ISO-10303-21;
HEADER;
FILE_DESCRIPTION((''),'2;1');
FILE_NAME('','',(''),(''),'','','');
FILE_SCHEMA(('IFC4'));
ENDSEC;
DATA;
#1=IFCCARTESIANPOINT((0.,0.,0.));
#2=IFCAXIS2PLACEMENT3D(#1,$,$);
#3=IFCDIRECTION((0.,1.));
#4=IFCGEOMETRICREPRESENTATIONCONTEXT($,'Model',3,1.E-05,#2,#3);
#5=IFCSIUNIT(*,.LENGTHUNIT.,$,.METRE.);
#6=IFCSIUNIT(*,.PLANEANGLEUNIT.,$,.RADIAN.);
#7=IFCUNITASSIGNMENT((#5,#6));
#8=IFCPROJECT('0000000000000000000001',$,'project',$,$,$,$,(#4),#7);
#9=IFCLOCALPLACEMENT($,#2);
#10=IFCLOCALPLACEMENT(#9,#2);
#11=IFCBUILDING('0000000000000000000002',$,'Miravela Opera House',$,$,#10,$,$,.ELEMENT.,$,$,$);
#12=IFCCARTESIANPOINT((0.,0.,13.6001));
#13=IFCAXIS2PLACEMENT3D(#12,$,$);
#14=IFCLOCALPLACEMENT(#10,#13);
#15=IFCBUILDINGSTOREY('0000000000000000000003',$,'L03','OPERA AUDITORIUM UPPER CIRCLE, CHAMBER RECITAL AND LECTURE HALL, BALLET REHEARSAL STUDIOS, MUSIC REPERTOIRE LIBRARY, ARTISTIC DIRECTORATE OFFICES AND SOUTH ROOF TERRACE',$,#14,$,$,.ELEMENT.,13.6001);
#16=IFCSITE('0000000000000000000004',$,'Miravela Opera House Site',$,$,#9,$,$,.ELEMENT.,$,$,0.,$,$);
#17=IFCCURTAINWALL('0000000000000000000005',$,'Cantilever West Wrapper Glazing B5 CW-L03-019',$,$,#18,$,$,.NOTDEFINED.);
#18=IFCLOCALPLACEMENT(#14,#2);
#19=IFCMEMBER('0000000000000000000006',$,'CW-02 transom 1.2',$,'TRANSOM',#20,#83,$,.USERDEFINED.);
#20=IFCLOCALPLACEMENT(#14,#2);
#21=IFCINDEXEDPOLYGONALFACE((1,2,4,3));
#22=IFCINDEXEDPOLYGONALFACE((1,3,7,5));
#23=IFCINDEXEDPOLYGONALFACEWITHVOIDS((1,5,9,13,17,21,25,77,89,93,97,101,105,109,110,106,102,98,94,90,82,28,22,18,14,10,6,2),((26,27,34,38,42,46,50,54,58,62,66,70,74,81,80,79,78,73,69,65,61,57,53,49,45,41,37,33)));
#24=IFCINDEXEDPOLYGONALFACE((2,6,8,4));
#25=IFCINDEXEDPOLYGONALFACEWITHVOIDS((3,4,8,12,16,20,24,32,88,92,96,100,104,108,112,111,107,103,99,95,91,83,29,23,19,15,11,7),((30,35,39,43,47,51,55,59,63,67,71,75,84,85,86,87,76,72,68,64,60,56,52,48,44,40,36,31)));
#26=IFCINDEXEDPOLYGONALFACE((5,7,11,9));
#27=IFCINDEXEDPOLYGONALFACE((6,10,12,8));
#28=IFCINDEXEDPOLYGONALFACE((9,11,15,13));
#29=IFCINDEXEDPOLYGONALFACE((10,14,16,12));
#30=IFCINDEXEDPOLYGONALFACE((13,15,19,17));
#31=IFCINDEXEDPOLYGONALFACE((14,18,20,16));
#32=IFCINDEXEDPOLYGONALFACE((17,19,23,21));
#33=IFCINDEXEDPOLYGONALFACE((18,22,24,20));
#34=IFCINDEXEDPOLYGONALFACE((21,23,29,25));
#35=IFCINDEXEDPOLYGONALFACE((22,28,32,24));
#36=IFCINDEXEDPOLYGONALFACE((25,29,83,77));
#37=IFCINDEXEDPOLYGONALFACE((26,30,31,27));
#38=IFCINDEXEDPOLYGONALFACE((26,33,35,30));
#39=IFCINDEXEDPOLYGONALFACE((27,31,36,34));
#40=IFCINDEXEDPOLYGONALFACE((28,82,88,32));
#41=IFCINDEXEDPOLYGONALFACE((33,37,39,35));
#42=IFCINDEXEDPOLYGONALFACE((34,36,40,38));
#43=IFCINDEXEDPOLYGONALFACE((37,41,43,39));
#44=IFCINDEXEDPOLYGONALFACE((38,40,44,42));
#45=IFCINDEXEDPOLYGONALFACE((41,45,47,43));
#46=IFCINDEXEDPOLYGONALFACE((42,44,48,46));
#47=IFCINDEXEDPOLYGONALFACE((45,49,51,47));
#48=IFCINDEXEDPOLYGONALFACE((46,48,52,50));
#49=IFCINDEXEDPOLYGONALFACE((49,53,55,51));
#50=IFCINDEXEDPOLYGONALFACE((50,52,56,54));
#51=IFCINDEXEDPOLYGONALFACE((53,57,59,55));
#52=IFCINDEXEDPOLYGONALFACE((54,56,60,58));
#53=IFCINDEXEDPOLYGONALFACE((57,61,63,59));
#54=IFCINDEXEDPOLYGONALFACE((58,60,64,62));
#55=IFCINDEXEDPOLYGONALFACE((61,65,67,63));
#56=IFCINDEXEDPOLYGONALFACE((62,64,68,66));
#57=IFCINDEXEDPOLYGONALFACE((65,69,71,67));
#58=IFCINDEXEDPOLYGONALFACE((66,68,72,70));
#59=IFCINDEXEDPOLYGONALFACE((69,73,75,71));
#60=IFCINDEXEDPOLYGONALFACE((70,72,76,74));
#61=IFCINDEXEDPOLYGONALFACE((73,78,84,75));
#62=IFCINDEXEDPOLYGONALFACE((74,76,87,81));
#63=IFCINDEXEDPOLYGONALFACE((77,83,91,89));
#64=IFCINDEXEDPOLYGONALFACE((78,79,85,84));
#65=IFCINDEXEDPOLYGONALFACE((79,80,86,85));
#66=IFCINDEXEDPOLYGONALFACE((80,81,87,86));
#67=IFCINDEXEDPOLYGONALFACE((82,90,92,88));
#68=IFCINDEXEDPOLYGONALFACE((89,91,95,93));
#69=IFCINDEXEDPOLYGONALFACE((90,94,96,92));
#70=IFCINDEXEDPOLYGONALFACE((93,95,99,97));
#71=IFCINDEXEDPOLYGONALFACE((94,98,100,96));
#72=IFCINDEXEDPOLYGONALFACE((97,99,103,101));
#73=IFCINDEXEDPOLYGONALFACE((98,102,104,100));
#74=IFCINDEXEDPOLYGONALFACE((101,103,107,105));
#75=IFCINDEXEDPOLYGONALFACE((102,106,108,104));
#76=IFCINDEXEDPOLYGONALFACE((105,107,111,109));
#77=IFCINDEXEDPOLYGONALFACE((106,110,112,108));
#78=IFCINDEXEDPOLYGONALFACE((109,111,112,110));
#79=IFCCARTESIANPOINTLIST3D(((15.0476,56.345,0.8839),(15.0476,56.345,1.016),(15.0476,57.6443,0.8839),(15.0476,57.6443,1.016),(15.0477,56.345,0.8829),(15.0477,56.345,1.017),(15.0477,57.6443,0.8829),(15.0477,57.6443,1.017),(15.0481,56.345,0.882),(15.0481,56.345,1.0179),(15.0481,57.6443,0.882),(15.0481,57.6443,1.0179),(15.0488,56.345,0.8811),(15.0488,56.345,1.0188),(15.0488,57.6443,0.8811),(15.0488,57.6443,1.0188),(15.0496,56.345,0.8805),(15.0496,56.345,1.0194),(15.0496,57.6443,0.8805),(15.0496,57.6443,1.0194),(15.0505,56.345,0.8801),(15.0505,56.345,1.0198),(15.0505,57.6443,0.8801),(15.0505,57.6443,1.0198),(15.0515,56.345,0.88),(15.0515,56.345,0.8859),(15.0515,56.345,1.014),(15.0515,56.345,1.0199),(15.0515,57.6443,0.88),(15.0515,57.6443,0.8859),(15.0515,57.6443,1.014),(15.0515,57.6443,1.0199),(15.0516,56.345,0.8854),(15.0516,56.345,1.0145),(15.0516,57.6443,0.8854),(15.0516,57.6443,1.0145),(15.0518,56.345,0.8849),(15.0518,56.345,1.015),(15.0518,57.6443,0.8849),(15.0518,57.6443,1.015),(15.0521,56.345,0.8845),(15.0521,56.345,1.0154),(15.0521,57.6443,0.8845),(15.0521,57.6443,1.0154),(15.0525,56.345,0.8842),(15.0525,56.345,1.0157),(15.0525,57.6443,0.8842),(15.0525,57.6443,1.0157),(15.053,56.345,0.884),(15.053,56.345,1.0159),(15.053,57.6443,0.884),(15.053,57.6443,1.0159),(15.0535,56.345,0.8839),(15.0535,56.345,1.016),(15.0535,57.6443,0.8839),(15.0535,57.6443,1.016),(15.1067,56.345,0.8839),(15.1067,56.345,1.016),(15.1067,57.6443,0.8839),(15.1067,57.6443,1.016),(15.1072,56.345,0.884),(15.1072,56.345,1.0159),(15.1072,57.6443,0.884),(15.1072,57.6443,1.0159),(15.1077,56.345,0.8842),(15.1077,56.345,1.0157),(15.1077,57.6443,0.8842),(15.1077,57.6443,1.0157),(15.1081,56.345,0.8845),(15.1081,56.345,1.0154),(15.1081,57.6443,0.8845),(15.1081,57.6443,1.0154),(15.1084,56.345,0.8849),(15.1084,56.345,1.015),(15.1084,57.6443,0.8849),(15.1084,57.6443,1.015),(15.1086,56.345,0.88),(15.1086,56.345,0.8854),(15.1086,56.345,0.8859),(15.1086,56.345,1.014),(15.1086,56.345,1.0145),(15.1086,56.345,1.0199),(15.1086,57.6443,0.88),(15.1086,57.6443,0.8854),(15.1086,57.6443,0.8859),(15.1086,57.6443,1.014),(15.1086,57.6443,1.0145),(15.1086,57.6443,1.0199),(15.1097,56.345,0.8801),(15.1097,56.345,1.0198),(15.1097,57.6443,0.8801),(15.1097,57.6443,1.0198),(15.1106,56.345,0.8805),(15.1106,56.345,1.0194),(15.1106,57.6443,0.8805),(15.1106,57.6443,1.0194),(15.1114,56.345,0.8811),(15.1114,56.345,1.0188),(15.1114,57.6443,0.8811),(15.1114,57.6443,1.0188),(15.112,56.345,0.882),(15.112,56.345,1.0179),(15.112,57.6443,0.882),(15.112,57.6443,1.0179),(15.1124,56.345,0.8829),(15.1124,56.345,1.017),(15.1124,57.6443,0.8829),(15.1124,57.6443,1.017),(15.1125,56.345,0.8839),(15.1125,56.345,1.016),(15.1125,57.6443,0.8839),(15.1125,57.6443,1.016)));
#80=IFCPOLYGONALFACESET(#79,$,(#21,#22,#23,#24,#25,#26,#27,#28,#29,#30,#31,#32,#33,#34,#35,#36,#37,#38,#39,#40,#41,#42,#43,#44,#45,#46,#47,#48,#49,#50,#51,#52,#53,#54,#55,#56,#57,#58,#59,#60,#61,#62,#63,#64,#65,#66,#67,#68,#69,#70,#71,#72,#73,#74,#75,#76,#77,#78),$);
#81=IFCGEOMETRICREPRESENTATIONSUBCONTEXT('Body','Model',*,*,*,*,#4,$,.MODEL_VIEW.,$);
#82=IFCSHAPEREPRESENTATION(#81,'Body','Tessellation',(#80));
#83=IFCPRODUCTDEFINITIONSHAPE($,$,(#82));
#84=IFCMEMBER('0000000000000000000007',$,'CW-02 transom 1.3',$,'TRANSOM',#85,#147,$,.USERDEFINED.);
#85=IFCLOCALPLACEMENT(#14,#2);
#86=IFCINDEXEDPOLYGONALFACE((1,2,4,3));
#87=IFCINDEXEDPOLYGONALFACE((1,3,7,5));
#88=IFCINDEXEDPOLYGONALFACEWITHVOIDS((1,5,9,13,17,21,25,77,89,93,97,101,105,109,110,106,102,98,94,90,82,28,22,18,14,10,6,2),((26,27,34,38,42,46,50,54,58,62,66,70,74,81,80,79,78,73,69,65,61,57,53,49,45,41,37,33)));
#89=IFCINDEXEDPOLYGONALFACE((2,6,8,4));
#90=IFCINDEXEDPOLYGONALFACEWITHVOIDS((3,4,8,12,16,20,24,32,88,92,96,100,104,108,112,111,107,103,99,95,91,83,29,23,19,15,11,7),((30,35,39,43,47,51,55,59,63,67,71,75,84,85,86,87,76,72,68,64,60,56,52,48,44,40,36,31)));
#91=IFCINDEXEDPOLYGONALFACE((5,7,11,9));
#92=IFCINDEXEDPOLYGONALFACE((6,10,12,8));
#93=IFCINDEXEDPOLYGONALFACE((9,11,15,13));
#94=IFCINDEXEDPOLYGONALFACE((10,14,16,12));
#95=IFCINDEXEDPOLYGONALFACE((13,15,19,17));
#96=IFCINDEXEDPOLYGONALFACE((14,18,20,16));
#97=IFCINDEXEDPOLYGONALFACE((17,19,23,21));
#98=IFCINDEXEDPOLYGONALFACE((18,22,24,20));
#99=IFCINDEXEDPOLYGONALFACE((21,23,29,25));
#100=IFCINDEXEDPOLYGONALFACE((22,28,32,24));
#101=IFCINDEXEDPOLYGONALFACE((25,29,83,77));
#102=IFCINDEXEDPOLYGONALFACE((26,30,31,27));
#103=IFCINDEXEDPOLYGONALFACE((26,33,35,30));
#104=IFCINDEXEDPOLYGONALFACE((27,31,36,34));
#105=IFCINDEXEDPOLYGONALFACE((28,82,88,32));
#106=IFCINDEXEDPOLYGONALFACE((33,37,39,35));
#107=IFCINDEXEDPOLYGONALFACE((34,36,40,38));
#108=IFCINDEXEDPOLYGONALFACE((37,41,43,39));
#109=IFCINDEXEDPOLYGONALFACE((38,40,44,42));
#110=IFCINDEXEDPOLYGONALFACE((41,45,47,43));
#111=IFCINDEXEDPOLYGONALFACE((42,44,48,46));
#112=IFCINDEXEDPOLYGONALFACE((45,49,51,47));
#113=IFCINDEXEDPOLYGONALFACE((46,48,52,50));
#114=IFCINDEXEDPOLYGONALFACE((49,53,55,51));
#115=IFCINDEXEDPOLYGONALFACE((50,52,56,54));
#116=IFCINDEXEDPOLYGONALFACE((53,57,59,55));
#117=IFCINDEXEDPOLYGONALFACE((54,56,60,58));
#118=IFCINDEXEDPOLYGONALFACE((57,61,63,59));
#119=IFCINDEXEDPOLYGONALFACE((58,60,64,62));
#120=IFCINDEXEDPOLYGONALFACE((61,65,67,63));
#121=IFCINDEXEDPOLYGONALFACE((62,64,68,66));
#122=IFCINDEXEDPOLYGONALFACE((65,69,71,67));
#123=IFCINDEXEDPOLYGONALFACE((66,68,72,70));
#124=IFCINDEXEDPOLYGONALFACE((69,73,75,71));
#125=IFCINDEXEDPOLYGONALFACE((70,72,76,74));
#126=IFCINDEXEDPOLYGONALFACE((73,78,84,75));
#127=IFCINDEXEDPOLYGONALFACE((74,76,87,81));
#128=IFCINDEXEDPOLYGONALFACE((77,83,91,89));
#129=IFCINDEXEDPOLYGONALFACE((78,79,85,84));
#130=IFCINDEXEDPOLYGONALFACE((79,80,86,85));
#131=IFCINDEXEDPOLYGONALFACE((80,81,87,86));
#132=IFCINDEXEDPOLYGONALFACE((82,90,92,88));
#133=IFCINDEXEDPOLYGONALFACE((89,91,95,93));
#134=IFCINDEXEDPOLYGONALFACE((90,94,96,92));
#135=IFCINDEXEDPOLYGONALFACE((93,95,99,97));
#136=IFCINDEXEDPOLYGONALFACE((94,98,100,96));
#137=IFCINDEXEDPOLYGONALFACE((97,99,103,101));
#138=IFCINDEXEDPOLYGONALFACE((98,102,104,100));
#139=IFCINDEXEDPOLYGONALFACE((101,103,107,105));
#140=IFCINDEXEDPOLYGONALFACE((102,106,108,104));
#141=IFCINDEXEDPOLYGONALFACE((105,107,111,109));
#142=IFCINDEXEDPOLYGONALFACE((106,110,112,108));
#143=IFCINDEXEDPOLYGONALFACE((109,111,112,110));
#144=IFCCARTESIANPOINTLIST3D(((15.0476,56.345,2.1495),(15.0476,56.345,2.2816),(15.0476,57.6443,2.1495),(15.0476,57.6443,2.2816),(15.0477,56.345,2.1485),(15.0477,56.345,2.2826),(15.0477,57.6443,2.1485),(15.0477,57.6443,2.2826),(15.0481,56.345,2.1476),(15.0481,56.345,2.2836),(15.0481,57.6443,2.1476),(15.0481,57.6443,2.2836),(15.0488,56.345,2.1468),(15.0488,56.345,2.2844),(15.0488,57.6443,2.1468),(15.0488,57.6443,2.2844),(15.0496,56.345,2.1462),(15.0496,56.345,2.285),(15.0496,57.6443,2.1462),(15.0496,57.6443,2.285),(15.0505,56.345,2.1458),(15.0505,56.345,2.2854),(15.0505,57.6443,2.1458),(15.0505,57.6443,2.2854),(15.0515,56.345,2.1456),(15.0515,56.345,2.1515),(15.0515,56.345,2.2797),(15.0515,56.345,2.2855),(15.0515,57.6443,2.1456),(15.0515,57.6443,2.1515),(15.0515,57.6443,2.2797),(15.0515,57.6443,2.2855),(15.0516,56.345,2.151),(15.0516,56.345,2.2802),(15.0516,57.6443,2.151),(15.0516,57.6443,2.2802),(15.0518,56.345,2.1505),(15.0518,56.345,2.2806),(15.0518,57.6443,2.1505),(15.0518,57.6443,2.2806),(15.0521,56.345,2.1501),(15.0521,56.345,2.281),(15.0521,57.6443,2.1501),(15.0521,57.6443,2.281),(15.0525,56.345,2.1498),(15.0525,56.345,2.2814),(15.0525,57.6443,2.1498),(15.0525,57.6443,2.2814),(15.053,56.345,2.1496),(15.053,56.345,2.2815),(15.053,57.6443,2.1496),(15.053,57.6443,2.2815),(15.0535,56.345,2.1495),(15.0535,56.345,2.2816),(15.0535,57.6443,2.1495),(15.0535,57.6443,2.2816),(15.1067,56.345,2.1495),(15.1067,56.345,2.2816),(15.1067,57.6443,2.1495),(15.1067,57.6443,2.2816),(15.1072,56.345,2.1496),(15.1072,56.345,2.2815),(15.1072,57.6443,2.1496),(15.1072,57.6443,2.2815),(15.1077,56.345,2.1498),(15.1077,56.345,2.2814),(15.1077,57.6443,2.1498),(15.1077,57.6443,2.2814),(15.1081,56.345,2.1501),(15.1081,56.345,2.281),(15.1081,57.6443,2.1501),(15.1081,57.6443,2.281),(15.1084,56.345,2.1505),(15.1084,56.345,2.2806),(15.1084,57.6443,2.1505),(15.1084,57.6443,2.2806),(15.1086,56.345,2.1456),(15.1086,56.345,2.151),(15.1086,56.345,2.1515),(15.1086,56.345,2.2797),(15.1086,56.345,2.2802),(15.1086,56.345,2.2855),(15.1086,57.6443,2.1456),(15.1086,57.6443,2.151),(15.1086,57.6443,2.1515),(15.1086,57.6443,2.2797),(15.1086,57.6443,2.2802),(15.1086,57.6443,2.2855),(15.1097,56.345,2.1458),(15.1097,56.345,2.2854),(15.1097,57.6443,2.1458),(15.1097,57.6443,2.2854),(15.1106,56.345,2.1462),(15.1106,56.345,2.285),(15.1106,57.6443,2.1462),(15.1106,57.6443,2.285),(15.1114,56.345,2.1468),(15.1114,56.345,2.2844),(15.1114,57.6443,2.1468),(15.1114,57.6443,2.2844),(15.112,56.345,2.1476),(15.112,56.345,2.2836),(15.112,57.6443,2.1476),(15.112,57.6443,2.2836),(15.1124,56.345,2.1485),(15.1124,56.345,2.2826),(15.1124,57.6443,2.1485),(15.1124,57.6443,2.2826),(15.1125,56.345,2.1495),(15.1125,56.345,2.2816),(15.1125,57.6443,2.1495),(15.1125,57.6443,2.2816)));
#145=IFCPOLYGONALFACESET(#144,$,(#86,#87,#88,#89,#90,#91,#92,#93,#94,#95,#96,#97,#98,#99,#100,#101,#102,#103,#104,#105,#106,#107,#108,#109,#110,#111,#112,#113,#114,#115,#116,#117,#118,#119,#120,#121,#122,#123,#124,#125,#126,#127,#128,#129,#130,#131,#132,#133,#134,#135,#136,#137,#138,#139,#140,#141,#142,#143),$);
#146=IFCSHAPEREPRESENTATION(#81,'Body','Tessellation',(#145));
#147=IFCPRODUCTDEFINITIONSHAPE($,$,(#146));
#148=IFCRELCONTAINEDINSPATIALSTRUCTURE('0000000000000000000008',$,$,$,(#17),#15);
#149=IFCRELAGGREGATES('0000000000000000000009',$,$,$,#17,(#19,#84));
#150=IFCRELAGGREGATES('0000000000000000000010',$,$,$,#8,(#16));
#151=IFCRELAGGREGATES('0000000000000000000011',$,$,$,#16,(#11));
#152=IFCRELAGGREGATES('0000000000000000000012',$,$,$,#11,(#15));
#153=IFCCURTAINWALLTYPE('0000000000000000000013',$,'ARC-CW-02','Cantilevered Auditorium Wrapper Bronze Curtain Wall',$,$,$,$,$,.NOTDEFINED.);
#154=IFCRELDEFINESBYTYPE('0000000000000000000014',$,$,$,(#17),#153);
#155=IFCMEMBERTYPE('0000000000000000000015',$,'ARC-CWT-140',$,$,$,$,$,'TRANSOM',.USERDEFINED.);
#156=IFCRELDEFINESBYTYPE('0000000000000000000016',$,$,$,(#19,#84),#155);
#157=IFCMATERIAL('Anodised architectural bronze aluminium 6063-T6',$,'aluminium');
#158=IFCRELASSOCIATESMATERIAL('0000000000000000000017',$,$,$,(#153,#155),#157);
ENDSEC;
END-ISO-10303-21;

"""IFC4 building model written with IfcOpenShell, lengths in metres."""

from ifc_helpers import new_model, si_unit, direction, frame, origin, origin_2d, place, context, subcontext, project, spatial, hollow_rectangle, extrude, material, material_profile, profile_set, type_object, element, aggregate, save


model = new_model("IFC4")

# Units and contexts
model_context = context("Model", 3, precision=1e-05, world=origin(), true_north=direction((0.0, 1.0)))
body_context = subcontext(model_context, "Body", "Model", "MODEL_VIEW")
ifc_project = project(units=[si_unit("LENGTHUNIT", "METRE"), si_unit("PLANEANGLEUNIT", "RADIAN")], contexts=[model_context])

# Site, building, storey
site_placement = place(None, origin())
site = spatial("IfcSite", under=ifc_project, at=site_placement, Name="Miravela Opera House Site", CompositionType="ELEMENT", RefElevation=0.0)
building_placement = place(site_placement, origin())
building = spatial("IfcBuilding", under=site, at=building_placement, Name="Miravela Opera House", CompositionType="ELEMENT")
storey_placement = place(building_placement, frame((0.0, 0.0, 13.6001)))
storey = spatial("IfcBuildingStorey", under=building, at=storey_placement, Name="L03", Description="OPERA AUDITORIUM UPPER CIRCLE, CHAMBER RECITAL AND LECTURE HALL, BALLET REHEARSAL STUDIOS, MUSIC REPERTOIRE LIBRARY, ARTISTIC DIRECTORATE OFFICES AND SOUTH ROOF TERRACE", CompositionType="ELEMENT", Elevation=13.6001)

# Curtain wall
ifc_material_1 = material(Name="Anodised architectural bronze aluminium 6063-T6", Category="aluminium")
curtain_wall_type = type_object("IfcCurtainWallType", Name="ARC-CW-02", Description="Cantilevered Auditorium Wrapper Bronze Curtain Wall", PredefinedType="NOTDEFINED", material=ifc_material_1)
curtain_wall_1_placement = place(storey_placement, origin())
curtain_wall_1 = element("IfcCurtainWall", 1, at=curtain_wall_1_placement, inside=storey, type_object=curtain_wall_type, Name="Cantilever West Wrapper Glazing B5 CW-L03-019", PredefinedType="NOTDEFINED")

# Members
ifc_material_profile_1 = material_profile(ifc_material_1, hollow_rectangle(XDim=0.0649, YDim=0.1399, WallThickness=0.0039, InnerFilletRadius=0.002, OuterFilletRadius=0.0039, at=origin_2d()), Name="CWT-65X140")
ifc_profile_set_1 = profile_set([ifc_material_profile_1])
member_type_1 = type_object("IfcMemberType", Name="ARC-CWT-140", ElementType="TRANSOM", PredefinedType="USERDEFINED", material=ifc_profile_set_1)
member_1_placement = place(storey_placement, frame((15.0801, 56.345, 0.95), z_axis=(0.0, 1.0, 0.0), x_axis=(-1.0, 0.0, 0.0)))
member_1 = element("IfcMember", 2, at=member_1_placement, type_object=member_type_1, Name="CW-02 transom 1.2", ObjectType="TRANSOM", PredefinedType="USERDEFINED", context=body_context, shape_type="SweptSolid", body=[
    extrude(hollow_rectangle(XDim=0.0649, YDim=0.1399, WallThickness=0.0039, InnerFilletRadius=0.002, OuterFilletRadius=0.0039, at=origin_2d()), origin(), (0.0, 0.0, 1.0), 1.2993),
])
member_2_placement = place(storey_placement, frame((15.0801, 56.345, 2.2156), z_axis=(0.0, 1.0, 0.0), x_axis=(-1.0, 0.0, 0.0)))
member_2 = element("IfcMember", 3, at=member_2_placement, type_object=member_type_1, Name="CW-02 transom 1.3", ObjectType="TRANSOM", PredefinedType="USERDEFINED", context=body_context, shape_type="SweptSolid", body=[
    extrude(hollow_rectangle(XDim=0.0649, YDim=0.1399, WallThickness=0.0039, InnerFilletRadius=0.002, OuterFilletRadius=0.0039, at=origin_2d()), origin(), (0.0, 0.0, 1.0), 1.2993),
])

aggregate(curtain_wall_1, [member_1, member_2])

save(model, "model.ifc")
